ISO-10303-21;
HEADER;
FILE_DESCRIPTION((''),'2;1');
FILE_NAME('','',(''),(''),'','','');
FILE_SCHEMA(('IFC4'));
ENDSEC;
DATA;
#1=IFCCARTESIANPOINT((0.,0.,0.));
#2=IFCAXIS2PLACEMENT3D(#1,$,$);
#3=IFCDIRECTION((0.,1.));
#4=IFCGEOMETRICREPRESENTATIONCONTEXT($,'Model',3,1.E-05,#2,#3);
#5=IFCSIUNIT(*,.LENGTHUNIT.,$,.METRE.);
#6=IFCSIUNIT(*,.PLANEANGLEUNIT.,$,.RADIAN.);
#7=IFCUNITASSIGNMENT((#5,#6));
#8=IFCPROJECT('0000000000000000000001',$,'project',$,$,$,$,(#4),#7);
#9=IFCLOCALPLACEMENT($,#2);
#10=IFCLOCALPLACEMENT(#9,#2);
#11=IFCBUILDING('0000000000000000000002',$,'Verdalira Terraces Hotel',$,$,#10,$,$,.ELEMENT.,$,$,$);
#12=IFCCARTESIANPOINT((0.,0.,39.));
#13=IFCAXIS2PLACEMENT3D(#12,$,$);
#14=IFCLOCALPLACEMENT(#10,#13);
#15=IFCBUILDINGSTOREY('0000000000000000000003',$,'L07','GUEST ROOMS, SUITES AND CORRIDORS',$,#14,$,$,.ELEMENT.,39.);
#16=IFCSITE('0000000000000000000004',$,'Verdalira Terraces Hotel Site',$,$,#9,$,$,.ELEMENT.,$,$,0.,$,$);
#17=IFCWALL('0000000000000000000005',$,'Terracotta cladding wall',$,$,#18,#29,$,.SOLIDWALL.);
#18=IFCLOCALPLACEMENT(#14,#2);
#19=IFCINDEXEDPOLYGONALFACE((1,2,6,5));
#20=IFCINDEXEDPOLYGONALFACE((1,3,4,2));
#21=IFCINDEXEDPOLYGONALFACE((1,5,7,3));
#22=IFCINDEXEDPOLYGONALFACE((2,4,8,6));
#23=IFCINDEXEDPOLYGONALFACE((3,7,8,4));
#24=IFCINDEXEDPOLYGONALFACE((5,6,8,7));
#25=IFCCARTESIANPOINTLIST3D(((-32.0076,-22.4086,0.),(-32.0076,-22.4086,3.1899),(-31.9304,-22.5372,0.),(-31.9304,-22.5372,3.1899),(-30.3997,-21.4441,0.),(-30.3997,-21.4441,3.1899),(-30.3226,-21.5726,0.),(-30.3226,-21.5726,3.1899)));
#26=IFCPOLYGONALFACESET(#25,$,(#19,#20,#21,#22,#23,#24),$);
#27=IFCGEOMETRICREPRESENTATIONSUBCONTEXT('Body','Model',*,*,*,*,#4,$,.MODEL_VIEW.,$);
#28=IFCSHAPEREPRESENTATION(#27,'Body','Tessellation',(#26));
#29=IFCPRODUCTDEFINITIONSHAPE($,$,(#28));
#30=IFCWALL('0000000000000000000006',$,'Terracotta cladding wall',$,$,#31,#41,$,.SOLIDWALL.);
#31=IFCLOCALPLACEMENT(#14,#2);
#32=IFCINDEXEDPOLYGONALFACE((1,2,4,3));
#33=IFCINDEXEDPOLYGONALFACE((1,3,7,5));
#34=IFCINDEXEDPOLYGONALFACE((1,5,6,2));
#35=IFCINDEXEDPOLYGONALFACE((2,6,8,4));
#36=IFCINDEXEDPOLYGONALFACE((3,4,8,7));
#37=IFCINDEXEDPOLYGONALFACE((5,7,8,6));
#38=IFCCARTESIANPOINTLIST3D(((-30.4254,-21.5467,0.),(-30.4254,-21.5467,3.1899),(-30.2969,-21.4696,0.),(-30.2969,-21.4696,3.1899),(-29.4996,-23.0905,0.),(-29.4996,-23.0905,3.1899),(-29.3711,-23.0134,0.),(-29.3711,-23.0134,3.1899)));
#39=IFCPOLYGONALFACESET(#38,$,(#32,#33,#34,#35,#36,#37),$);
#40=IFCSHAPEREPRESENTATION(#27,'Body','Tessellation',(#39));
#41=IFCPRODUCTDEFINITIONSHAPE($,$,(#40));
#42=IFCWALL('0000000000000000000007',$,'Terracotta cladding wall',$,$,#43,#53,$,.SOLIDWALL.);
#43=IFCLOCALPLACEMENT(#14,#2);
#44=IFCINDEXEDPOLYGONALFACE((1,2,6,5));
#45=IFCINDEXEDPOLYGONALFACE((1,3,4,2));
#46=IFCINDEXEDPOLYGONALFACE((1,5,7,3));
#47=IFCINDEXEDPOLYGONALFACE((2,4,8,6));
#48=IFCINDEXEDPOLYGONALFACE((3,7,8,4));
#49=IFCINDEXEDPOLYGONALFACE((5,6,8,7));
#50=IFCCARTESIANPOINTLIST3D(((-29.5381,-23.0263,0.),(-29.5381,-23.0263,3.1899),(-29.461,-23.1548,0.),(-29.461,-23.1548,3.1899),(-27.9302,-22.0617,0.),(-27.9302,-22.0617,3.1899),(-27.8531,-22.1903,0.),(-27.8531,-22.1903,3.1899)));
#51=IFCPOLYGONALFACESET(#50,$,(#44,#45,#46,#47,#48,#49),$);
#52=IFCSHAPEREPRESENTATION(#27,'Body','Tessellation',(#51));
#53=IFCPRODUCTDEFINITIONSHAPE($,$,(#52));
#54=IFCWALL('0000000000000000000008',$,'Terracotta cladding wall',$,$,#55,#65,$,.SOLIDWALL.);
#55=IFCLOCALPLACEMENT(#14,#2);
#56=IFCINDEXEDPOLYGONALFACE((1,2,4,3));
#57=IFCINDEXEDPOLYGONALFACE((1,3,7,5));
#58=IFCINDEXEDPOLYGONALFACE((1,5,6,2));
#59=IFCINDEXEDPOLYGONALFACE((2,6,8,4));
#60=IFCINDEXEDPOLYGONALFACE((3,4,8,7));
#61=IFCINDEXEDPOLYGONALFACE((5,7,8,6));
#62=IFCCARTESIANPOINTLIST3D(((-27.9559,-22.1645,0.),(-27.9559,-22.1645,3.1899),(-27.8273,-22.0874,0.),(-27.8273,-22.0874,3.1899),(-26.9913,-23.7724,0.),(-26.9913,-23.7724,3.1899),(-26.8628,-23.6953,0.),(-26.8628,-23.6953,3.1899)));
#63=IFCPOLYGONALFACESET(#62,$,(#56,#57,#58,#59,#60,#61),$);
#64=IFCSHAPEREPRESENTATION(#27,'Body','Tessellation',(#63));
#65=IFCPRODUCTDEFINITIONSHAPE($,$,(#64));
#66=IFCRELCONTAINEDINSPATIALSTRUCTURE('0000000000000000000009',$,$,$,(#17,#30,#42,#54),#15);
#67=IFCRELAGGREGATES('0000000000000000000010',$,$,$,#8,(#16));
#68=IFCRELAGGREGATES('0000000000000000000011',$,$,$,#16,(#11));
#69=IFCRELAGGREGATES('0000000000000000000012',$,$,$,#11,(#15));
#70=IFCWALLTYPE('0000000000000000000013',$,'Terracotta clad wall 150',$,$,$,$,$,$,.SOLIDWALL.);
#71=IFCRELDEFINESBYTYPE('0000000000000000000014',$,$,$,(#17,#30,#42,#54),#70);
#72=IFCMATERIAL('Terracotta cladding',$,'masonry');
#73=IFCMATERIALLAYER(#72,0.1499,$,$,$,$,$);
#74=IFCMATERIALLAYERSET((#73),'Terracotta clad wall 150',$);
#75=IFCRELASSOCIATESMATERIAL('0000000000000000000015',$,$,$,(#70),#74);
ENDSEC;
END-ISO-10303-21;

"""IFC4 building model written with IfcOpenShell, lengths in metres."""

from ifc_helpers import new_model, si_unit, direction, frame, frame_2d, origin, place, context, subcontext, project, spatial, rectangle, extrude, material, layer, layer_set, type_object, element, save


model = new_model("IFC4")

# Units and contexts
model_context = context("Model", 3, precision=1e-05, world=origin(), true_north=direction((0.0, 1.0)))
body_context = subcontext(model_context, "Body", "Model", "MODEL_VIEW")
ifc_project = project(units=[si_unit("LENGTHUNIT", "METRE"), si_unit("PLANEANGLEUNIT", "RADIAN")], contexts=[model_context])

# Site, building, storey
site_placement = place(None, origin())
site = spatial("IfcSite", under=ifc_project, at=site_placement, Name="Verdalira Terraces Hotel Site", CompositionType="ELEMENT", RefElevation=0.0)
building_placement = place(site_placement, origin())
building = spatial("IfcBuilding", under=site, at=building_placement, Name="Verdalira Terraces Hotel", CompositionType="ELEMENT")
storey_placement = place(building_placement, frame((0.0, 0.0, 39.0)))
storey = spatial("IfcBuildingStorey", under=building, at=storey_placement, Name="L07", Description="GUEST ROOMS, SUITES AND CORRIDORS", CompositionType="ELEMENT", Elevation=39.0)

# Walls
ifc_material_1 = material(Name="Terracotta cladding", Category="masonry")
ifc_layer_1 = layer(ifc_material_1, 0.1499)
ifc_layer_set_1 = layer_set([ifc_layer_1], Name="Terracotta clad wall 150")
wall_type_1 = type_object("IfcWallType", Name="Terracotta clad wall 150", PredefinedType="SOLIDWALL", material=ifc_layer_set_1)
wall_1_placement = place(storey_placement, frame((-31.969, -22.4729, 0.0), z_axis=(0.0, 0.0, 1.0), x_axis=(0.857527, 0.514438, 0.0)))
element("IfcWall", 1, at=wall_1_placement, inside=storey, type_object=wall_type_1, Name="Terracotta cladding wall", PredefinedType="SOLIDWALL", context=body_context, shape_type="SweptSolid", body=[
    extrude(rectangle(XDim=1.875, YDim=0.1499, at=frame_2d((0.9375, 0.0))), origin(), (0.0, 0.0, 1.0), 3.1899),
])
wall_2_placement = place(storey_placement, frame((-30.3611, -21.5083, 0.0), z_axis=(0.0, 0.0, 1.0), x_axis=(0.514316, -0.857601, 0.0)))
element("IfcWall", 2, at=wall_2_placement, inside=storey, type_object=wall_type_1, Name="Terracotta cladding wall", PredefinedType="SOLIDWALL", context=body_context, shape_type="SweptSolid", body=[
    extrude(rectangle(XDim=1.8, YDim=0.1499, at=frame_2d((0.8999, 0.0))), origin(), (0.0, 0.0, 1.0), 3.1899),
])
for number, where, z_axis, x_axis, name in (
    (3, (-29.4995, -23.0906, 0.0), (0.0, 0.0, 1.0), (0.857527, 0.514438, 0.0), "Terracotta cladding wall"),
    (4, (-27.8916, -22.126, 0.0), (0.0, 0.0, 1.0), (0.514438, -0.857527, 0.0), "Terracotta cladding wall"),
):
    element("IfcWall", number, at=place(storey_placement, frame(where, z_axis=z_axis, x_axis=x_axis)), inside=storey, type_object=wall_type_1, Name=name, PredefinedType="SOLIDWALL", context=body_context, shape_type="SweptSolid", body=[
        extrude(rectangle(XDim=1.875, YDim=0.1499, at=frame_2d((0.9375, 0.0))), origin(), (0.0, 0.0, 1.0), 3.1899),
    ])

save(model, "model.ifc")
